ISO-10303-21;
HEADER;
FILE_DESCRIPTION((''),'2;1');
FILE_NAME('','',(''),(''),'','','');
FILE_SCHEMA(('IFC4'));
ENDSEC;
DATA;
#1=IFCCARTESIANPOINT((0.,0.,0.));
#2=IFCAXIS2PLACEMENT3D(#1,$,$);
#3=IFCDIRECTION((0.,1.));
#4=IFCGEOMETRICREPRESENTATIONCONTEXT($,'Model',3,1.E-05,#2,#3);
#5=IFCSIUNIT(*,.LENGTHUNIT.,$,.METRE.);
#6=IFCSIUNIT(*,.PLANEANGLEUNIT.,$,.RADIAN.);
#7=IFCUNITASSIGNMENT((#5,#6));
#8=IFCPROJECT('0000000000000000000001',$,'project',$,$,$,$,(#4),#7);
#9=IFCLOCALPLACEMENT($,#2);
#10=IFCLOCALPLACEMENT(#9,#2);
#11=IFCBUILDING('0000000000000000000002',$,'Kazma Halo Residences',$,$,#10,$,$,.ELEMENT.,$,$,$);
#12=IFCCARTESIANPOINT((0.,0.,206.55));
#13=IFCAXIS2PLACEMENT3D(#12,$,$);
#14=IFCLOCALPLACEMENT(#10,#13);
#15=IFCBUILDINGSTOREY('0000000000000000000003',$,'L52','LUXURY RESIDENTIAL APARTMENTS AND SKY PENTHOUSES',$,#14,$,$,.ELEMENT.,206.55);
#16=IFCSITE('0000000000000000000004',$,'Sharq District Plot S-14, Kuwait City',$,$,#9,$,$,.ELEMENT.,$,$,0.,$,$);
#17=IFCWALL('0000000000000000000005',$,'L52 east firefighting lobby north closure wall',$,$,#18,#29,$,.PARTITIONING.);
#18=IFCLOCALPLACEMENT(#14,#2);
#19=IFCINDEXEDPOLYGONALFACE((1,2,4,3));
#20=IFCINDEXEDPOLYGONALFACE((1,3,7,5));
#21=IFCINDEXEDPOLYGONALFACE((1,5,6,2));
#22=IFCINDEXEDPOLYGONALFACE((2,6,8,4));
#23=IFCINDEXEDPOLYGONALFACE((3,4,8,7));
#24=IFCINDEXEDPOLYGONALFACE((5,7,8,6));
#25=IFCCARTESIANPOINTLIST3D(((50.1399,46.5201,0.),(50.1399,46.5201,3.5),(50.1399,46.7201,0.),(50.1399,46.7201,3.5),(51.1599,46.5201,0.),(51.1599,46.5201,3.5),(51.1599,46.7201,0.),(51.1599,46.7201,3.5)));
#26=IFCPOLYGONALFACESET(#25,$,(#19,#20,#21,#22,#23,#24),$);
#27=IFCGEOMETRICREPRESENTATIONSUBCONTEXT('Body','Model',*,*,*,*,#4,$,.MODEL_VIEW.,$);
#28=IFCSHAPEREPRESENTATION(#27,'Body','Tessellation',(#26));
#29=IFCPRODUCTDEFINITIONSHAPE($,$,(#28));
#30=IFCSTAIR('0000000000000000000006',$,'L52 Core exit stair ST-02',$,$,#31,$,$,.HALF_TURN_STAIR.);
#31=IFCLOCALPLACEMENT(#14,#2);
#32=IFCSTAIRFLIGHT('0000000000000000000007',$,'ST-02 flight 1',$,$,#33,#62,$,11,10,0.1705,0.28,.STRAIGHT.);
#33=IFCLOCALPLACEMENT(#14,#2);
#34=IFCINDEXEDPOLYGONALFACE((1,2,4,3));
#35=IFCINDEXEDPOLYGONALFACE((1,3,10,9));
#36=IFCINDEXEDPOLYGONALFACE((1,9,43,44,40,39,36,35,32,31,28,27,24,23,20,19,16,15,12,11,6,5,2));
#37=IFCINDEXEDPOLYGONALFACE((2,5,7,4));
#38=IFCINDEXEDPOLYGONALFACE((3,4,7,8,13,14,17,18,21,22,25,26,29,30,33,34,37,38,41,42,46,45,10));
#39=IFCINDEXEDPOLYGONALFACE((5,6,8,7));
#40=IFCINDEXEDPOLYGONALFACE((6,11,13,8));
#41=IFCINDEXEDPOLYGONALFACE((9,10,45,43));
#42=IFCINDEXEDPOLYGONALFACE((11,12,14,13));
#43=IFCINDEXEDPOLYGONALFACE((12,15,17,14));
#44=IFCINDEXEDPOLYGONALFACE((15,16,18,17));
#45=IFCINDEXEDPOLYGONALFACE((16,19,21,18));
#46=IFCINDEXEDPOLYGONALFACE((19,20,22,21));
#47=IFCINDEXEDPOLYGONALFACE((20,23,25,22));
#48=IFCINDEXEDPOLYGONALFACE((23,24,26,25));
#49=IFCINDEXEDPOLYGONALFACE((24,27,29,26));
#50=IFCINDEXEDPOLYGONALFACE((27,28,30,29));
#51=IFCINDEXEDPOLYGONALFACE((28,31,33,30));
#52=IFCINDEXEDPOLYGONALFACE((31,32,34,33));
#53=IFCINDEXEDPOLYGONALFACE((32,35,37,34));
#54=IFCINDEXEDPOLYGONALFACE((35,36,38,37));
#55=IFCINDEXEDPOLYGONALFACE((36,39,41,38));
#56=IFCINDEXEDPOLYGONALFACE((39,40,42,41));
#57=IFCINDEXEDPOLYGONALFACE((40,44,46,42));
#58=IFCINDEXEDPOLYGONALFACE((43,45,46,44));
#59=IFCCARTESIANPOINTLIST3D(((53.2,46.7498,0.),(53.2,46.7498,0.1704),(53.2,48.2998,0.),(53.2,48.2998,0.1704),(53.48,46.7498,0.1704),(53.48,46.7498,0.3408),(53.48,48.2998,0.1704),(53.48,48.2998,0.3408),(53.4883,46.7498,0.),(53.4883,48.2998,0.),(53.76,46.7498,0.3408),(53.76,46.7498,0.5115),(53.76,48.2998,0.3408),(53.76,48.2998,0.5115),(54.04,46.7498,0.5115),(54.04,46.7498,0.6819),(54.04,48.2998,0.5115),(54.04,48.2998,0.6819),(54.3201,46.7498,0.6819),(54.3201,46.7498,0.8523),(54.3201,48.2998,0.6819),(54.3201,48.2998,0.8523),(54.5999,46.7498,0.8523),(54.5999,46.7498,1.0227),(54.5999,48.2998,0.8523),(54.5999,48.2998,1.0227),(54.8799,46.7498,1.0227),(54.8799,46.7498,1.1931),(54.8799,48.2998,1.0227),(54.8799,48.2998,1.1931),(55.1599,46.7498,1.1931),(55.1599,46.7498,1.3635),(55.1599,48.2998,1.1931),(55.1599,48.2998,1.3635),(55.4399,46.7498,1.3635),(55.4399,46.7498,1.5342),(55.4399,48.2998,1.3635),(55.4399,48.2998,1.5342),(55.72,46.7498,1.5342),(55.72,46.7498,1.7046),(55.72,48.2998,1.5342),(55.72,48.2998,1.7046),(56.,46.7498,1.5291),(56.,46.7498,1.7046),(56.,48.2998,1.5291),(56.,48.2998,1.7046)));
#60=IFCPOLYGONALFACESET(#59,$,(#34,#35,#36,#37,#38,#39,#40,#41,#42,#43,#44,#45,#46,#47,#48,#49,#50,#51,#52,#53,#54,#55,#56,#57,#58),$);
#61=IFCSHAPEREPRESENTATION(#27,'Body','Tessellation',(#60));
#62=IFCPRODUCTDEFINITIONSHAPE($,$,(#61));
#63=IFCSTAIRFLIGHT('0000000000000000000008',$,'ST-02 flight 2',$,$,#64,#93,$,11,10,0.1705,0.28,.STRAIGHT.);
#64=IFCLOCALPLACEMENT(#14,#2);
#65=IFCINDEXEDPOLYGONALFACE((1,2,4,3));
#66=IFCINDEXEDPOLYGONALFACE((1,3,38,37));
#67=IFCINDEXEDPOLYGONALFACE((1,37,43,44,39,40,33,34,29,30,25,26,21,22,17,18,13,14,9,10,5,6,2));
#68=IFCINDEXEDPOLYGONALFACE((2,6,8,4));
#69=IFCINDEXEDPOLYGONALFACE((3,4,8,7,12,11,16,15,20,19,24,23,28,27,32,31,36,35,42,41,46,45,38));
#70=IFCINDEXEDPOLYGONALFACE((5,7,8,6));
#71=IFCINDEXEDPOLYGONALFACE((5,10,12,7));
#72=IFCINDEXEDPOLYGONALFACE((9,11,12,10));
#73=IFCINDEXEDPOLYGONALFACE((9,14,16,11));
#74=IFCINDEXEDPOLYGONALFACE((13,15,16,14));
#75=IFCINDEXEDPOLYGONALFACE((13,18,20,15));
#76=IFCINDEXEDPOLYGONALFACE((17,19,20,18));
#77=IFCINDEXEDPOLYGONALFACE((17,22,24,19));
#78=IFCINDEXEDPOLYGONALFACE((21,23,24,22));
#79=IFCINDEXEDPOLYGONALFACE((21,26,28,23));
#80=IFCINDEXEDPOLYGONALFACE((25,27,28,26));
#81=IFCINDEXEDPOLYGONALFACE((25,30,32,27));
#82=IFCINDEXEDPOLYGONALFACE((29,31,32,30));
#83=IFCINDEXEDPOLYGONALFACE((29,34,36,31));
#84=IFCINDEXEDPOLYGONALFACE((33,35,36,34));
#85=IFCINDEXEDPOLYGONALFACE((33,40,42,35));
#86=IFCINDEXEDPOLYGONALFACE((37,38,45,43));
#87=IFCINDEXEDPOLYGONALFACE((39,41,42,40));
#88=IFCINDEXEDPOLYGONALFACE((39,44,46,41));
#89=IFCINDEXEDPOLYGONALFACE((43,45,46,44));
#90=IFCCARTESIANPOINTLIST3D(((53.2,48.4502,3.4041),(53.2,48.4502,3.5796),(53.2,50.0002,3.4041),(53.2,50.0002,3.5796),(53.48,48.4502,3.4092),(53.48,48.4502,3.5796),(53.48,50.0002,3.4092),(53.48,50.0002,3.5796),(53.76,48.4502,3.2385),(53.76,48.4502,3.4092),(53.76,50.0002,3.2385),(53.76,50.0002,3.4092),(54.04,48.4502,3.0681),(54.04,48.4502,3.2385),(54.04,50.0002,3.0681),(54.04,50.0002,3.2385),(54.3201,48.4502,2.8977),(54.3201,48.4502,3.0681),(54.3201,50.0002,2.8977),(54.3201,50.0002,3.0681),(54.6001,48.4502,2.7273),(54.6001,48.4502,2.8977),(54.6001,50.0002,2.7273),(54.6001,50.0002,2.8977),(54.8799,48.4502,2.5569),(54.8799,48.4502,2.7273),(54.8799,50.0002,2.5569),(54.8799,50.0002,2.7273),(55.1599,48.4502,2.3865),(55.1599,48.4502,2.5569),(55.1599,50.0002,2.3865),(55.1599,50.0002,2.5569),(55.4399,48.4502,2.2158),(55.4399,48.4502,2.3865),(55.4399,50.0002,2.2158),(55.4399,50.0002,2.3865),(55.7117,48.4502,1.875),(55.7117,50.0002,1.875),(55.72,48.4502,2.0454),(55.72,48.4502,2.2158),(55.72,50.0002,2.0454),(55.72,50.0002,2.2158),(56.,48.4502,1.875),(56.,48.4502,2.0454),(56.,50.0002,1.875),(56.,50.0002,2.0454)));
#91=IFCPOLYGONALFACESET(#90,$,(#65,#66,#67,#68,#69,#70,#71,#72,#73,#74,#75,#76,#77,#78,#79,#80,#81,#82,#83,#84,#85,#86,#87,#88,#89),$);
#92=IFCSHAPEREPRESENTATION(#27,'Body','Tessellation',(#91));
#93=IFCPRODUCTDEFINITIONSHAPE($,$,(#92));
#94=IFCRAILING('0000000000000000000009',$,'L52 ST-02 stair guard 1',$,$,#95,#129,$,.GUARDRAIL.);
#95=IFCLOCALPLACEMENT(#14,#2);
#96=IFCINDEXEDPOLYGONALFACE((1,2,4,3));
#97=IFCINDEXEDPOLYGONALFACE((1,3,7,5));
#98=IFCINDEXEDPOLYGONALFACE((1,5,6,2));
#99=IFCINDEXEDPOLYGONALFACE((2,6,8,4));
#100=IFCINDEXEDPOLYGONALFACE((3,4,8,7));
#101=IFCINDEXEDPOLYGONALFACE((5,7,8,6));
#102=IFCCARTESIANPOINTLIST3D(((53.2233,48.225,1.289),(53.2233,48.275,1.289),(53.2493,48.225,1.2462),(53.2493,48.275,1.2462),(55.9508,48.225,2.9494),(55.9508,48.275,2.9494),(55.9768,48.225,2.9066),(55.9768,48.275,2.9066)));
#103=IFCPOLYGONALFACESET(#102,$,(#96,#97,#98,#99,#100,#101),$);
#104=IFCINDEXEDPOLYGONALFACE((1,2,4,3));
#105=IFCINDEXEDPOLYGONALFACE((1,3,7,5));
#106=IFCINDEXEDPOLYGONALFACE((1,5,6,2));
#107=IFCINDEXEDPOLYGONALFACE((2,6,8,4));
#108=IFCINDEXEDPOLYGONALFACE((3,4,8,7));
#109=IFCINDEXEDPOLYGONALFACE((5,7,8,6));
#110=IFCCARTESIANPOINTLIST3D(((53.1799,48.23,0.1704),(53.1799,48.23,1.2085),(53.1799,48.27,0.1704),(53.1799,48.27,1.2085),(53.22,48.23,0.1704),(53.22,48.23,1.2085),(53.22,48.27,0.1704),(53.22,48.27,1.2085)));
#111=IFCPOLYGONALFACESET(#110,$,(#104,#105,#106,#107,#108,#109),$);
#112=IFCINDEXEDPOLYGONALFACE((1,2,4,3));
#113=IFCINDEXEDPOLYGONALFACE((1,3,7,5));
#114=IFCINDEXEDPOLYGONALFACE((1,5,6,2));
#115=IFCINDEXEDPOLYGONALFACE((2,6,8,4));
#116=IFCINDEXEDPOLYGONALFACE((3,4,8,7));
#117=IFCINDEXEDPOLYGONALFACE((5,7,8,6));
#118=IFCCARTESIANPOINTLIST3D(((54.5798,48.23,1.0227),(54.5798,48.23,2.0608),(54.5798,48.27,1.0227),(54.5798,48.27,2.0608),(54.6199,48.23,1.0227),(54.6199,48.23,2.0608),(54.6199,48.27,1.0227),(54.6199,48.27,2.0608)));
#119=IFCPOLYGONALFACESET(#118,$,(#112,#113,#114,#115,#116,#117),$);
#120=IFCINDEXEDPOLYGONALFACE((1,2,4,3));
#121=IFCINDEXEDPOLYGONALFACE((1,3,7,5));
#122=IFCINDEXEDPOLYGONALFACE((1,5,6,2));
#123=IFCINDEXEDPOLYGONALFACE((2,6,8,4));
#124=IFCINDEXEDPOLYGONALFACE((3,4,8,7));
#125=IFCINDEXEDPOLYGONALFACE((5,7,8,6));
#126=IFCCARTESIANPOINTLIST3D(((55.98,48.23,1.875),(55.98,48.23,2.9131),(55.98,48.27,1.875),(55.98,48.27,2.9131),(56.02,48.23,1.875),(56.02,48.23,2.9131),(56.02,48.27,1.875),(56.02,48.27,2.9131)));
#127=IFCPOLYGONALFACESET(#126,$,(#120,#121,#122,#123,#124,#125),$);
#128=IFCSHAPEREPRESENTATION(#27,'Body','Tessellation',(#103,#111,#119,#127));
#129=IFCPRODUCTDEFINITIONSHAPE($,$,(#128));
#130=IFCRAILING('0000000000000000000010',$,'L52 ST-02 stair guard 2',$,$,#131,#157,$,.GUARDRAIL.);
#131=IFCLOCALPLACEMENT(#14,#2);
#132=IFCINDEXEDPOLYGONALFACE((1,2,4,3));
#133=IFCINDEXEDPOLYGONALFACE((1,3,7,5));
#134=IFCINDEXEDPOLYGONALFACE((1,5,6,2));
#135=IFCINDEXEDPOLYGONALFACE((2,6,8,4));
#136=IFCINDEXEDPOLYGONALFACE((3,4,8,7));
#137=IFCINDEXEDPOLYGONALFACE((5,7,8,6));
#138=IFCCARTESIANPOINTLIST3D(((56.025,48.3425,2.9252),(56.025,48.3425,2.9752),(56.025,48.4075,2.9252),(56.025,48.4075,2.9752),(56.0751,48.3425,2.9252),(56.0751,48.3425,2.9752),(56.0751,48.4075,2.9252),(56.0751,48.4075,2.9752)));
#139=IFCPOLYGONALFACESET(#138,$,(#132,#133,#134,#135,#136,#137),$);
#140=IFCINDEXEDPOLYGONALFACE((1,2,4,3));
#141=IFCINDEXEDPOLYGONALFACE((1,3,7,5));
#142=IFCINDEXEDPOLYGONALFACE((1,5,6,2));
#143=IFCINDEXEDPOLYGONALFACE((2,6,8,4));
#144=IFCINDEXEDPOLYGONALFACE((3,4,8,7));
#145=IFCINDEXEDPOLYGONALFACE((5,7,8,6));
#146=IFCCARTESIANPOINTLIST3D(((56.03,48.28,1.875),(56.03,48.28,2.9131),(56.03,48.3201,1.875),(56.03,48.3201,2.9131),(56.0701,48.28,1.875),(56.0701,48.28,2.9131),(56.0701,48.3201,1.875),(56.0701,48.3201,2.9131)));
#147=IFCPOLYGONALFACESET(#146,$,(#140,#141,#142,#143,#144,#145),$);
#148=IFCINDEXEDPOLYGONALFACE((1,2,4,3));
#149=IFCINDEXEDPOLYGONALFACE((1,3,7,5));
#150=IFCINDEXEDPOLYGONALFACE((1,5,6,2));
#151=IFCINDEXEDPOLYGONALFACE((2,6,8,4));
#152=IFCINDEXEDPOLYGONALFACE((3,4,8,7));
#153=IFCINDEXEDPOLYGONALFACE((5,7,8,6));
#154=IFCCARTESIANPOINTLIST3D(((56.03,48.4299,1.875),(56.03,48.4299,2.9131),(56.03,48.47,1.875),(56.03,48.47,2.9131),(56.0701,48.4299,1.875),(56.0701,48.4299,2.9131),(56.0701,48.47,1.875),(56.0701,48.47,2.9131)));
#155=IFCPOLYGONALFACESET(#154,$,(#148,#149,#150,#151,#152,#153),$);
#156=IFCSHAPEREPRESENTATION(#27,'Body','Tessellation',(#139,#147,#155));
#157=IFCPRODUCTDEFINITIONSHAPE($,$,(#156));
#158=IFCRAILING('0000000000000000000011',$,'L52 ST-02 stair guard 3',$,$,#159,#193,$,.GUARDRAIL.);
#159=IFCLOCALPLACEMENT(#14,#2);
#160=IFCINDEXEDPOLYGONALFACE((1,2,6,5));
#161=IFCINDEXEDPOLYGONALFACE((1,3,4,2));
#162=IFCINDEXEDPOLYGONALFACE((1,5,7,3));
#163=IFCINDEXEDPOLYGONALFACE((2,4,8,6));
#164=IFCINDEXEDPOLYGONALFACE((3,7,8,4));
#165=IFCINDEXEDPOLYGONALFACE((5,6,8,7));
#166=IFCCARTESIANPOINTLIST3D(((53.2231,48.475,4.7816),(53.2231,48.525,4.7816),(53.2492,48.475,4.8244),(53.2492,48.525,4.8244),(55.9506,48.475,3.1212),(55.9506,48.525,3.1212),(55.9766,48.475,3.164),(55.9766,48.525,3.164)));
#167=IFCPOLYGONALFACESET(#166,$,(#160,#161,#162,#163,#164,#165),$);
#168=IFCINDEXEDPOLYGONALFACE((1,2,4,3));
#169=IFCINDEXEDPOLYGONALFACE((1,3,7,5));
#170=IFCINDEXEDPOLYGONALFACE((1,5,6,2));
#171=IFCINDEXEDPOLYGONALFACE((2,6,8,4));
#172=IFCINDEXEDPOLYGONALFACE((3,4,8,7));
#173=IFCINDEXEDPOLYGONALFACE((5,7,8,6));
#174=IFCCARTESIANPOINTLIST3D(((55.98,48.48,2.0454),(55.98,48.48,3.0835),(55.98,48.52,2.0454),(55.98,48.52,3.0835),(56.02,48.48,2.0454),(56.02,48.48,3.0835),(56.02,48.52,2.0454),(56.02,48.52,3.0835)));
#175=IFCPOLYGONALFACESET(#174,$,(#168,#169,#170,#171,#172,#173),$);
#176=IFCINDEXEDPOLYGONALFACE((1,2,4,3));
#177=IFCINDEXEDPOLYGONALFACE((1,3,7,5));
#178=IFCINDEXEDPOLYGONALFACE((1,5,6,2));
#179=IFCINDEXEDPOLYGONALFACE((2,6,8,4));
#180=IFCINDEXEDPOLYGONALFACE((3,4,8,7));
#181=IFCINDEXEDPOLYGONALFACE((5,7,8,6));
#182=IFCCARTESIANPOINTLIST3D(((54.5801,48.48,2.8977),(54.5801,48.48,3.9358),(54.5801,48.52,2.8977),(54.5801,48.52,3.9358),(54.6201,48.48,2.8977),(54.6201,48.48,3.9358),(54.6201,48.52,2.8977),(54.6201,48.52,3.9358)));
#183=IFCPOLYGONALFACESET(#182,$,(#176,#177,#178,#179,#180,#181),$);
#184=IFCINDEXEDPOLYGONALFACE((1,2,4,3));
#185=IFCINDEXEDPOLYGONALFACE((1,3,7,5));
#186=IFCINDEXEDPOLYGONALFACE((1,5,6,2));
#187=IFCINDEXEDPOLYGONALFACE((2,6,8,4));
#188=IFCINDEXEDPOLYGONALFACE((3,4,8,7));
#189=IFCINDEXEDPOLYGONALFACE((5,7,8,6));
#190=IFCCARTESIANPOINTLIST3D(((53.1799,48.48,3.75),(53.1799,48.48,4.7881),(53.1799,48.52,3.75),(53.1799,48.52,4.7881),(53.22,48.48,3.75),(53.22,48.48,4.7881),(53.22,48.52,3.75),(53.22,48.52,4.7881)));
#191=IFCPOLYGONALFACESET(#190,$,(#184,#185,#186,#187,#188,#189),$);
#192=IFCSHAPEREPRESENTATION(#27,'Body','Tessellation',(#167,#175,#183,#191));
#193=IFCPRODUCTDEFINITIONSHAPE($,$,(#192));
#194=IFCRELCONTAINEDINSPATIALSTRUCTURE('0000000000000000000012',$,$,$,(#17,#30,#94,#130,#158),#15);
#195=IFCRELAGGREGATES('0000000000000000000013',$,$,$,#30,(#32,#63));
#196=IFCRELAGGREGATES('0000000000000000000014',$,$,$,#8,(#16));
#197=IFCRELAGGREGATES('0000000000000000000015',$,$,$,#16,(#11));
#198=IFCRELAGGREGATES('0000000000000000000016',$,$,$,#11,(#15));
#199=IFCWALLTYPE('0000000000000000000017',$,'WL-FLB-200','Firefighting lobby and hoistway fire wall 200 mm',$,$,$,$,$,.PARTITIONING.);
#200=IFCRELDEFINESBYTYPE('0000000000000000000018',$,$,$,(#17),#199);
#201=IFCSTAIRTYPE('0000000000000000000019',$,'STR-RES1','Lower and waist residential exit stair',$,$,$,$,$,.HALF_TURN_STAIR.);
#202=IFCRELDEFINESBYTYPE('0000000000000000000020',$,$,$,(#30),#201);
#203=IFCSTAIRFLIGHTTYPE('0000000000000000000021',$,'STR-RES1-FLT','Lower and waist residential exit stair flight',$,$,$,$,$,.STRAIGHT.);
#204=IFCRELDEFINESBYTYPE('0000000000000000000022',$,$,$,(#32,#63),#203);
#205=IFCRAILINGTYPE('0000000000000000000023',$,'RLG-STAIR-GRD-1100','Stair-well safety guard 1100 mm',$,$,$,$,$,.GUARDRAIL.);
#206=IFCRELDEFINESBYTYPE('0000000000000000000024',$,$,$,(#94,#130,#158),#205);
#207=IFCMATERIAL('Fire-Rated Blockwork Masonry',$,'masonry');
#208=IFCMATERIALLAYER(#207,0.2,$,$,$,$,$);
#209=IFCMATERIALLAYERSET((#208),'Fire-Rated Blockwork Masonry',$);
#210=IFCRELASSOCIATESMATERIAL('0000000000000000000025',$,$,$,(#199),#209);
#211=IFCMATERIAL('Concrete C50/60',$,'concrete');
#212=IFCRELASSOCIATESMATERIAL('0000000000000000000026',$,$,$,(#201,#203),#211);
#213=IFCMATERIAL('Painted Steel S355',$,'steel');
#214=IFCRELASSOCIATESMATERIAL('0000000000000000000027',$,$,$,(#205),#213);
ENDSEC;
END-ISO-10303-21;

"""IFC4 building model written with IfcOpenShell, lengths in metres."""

from ifc_helpers import new_model, si_unit, direction, frame, frame_2d, origin, origin_2d, place, context, subcontext, project, spatial, polyline, rectangle, outline, extrude, material, layer, layer_set, type_object, element, aggregate, save


model = new_model("IFC4")

# Units and contexts
model_context = context("Model", 3, precision=1e-05, world=origin(), true_north=direction((0.0, 1.0)))
body_context = subcontext(model_context, "Body", "Model", "MODEL_VIEW")
ifc_project = project(units=[si_unit("LENGTHUNIT", "METRE"), si_unit("PLANEANGLEUNIT", "RADIAN")], contexts=[model_context])

# Site, building, storey
site_placement = place(None, origin())
site = spatial("IfcSite", under=ifc_project, at=site_placement, Name="Sharq District Plot S-14, Kuwait City", CompositionType="ELEMENT", RefElevation=0.0)
building_placement = place(site_placement, origin())
building = spatial("IfcBuilding", under=site, at=building_placement, Name="Kazma Halo Residences", CompositionType="ELEMENT")
storey_placement = place(building_placement, frame((0.0, 0.0, 206.55)))
storey = spatial("IfcBuildingStorey", under=building, at=storey_placement, Name="L52", Description="LUXURY RESIDENTIAL APARTMENTS AND SKY PENTHOUSES", CompositionType="ELEMENT", Elevation=206.55)

# Shared definitions
ifc_material_1 = material(Name="Fire-Rated Blockwork Masonry", Category="masonry")
ifc_layer_1 = layer(ifc_material_1, 0.2)
ifc_layer_set_1 = layer_set([ifc_layer_1], Name="Fire-Rated Blockwork Masonry")
wall_type_1 = type_object("IfcWallType", Name="WL-FLB-200", Description="Firefighting lobby and hoistway fire wall 200 mm", PredefinedType="PARTITIONING", material=ifc_layer_set_1)

# Wall
wall_1_placement = place(storey_placement, frame((50.1399, 46.6201, 0.0), z_axis=(0.0, 0.0, 1.0), x_axis=(1.0, 0.0, 0.0)))
element("IfcWall", 1, at=wall_1_placement, inside=storey, type_object=wall_type_1, Name="L52 east firefighting lobby north closure wall", PredefinedType="PARTITIONING", context=body_context, shape_type="SweptSolid", body=[
    extrude(rectangle(XDim=1.02, YDim=0.2, at=frame_2d((0.51, 0.0))), origin(), (0.0, 0.0, 1.0), 3.5),
])

# Shared definitions
ifc_material_2 = material(Name="Concrete C50/60", Category="concrete")

# Stair, stair flights
stair_type = type_object("IfcStairType", Name="STR-RES1", Description="Lower and waist residential exit stair", PredefinedType="HALF_TURN_STAIR", material=ifc_material_2)
stair_placement = place(storey_placement, origin())
stair = element("IfcStair", 2, at=stair_placement, inside=storey, type_object=stair_type, Name="L52 Core exit stair ST-02", PredefinedType="HALF_TURN_STAIR")
stair_flight_type = type_object("IfcStairFlightType", Name="STR-RES1-FLT", Description="Lower and waist residential exit stair flight", PredefinedType="STRAIGHT", material=ifc_material_2)
stair_flight_1_placement = place(storey_placement, frame((53.2, 47.5249, 0.0), z_axis=(0.0, 0.0, 1.0), x_axis=(1.0, 0.0, 0.0)))
stair_flight_1 = element("IfcStairFlight", 3, at=stair_flight_1_placement, type_object=stair_flight_type, Name="ST-02 flight 1", NumberOfRisers=11, NumberOfTreads=10, PredefinedType="STRAIGHT", RiserHeight=0.1705, TreadLength=0.28, context=body_context, shape_type="SweptSolid", body=[
    extrude(outline(polyline([(0.0, 0.0), (0.0, 0.1704), (0.28, 0.1704), (0.28, 0.3408), (0.5601, 0.3408), (0.5601, 0.5115), (0.8401, 0.5115), (0.8401, 0.6819), (1.1201, 0.6819), (1.1201, 0.8523), (1.3999, 0.8523), (1.3999, 1.0227), (1.6799, 1.0227), (1.6799, 1.1931), (1.96, 1.1931), (1.96, 1.3635), (2.24, 1.3635), (2.24, 1.5342), (2.52, 1.5342), (2.52, 1.7046), (2.8, 1.7046), (2.8, 1.875), (2.8, 1.5291), (0.2883, 0.0), (0.0, 0.0)])), frame((0.0, 0.7749, 0.0), z_axis=(0.0, -1.0, 0.0), x_axis=(1.0, 0.0, 0.0)), (0.0, 0.0, 1.0), 1.55),
])
stair_flight_2_placement = place(storey_placement, frame((56.0, 49.2251, 1.875), z_axis=(0.0, 0.0, 1.0), x_axis=(-1.0, 0.0, 0.0)))
stair_flight_2 = element("IfcStairFlight", 4, at=stair_flight_2_placement, type_object=stair_flight_type, Name="ST-02 flight 2", NumberOfRisers=11, NumberOfTreads=10, PredefinedType="STRAIGHT", RiserHeight=0.1705, TreadLength=0.28, context=body_context, shape_type="SweptSolid", body=[
    extrude(outline(polyline([(0.0, 0.0), (0.0, 0.1704), (0.28, 0.1704), (0.28, 0.3408), (0.5601, 0.3408), (0.5601, 0.5115), (0.8401, 0.5115), (0.8401, 0.6819), (1.1201, 0.6819), (1.1201, 0.8523), (1.3999, 0.8523), (1.3999, 1.0227), (1.6799, 1.0227), (1.6799, 1.1931), (1.96, 1.1931), (1.96, 1.3635), (2.24, 1.3635), (2.24, 1.5342), (2.52, 1.5342), (2.52, 1.7046), (2.8, 1.7046), (2.8, 1.875), (2.8, 1.5291), (0.2883, 0.0), (0.0, 0.0)])), frame((0.0, 0.7749, 0.0), z_axis=(0.0, -1.0, 0.0), x_axis=(1.0, 0.0, 0.0)), (0.0, 0.0, 1.0), 1.55),
])
aggregate(stair, [stair_flight_1, stair_flight_2])

# Railings
ifc_material_3 = material(Name="Painted Steel S355", Category="steel")
railing_type_1 = type_object("IfcRailingType", Name="RLG-STAIR-GRD-1100", Description="Stair-well safety guard 1100 mm", PredefinedType="GUARDRAIL", material=ifc_material_3)
railing_1_placement = place(storey_placement, frame((53.2, 48.25, 0.1704)))
element("IfcRailing", 5, at=railing_1_placement, inside=storey, type_object=railing_type_1, Name="L52 ST-02 stair guard 1", PredefinedType="GUARDRAIL", context=body_context, shape_type="SweptSolid", body=[
    extrude(rectangle(XDim=0.05, YDim=0.05, at=origin_2d()), frame((0.0364, 0.0, 1.0972), z_axis=(0.85417, 0.0, 0.519994), x_axis=(0.0, 1.0, 0.0)), (0.0, 0.0, 1.0), 3.1931),
    extrude(rectangle(XDim=0.04, YDim=0.04, at=origin_2d()), origin(), (0.0, 0.0, 1.0), 1.0381),
    extrude(rectangle(XDim=0.04, YDim=0.04, at=origin_2d()), frame((1.3999, 0.0, 0.8523)), (0.0, 0.0, 1.0), 1.0381),
    extrude(rectangle(XDim=0.04, YDim=0.04, at=origin_2d()), frame((2.8, 0.0, 1.7046)), (0.0, 0.0, 1.0), 1.0381),
])
railing_2_placement = place(storey_placement, frame((56.05, 48.3, 1.875)))
element("IfcRailing", 6, at=railing_2_placement, inside=storey, type_object=railing_type_1, Name="L52 ST-02 stair guard 2", PredefinedType="GUARDRAIL", context=body_context, shape_type="SweptSolid", body=[
    extrude(rectangle(XDim=0.05, YDim=0.05, at=origin_2d()), frame((0.0, 0.0425, 1.0752), z_axis=(0.0, 1.0, 0.0), x_axis=(-1.0, 0.0, 0.0)), (0.0, 0.0, 1.0), 0.0649),
    extrude(rectangle(XDim=0.04, YDim=0.04, at=origin_2d()), origin(), (0.0, 0.0, 1.0), 1.0381),
    extrude(rectangle(XDim=0.04, YDim=0.04, at=origin_2d()), frame((0.0, 0.1499, 0.0)), (0.0, 0.0, 1.0), 1.0381),
])
railing_3_placement = place(storey_placement, frame((56.0, 48.5, 2.0454)))
element("IfcRailing", 7, at=railing_3_placement, inside=storey, type_object=railing_type_1, Name="L52 ST-02 stair guard 3", PredefinedType="GUARDRAIL", context=body_context, shape_type="SweptSolid", body=[
    extrude(rectangle(XDim=0.05, YDim=0.05, at=origin_2d()), frame((-0.0364, 0.0, 1.0972), z_axis=(-0.85417, 0.0, 0.519994), x_axis=(0.0, -1.0, 0.0)), (0.0, 0.0, 1.0), 3.1931),
    extrude(rectangle(XDim=0.04, YDim=0.04, at=origin_2d()), origin(), (0.0, 0.0, 1.0), 1.0381),
    extrude(rectangle(XDim=0.04, YDim=0.04, at=origin_2d()), frame((-1.3999, 0.0, 0.8523)), (0.0, 0.0, 1.0), 1.0381),
    extrude(rectangle(XDim=0.04, YDim=0.04, at=origin_2d()), frame((-2.8, 0.0, 1.7046)), (0.0, 0.0, 1.0), 1.0381),
])

save(model, "model.ifc")
